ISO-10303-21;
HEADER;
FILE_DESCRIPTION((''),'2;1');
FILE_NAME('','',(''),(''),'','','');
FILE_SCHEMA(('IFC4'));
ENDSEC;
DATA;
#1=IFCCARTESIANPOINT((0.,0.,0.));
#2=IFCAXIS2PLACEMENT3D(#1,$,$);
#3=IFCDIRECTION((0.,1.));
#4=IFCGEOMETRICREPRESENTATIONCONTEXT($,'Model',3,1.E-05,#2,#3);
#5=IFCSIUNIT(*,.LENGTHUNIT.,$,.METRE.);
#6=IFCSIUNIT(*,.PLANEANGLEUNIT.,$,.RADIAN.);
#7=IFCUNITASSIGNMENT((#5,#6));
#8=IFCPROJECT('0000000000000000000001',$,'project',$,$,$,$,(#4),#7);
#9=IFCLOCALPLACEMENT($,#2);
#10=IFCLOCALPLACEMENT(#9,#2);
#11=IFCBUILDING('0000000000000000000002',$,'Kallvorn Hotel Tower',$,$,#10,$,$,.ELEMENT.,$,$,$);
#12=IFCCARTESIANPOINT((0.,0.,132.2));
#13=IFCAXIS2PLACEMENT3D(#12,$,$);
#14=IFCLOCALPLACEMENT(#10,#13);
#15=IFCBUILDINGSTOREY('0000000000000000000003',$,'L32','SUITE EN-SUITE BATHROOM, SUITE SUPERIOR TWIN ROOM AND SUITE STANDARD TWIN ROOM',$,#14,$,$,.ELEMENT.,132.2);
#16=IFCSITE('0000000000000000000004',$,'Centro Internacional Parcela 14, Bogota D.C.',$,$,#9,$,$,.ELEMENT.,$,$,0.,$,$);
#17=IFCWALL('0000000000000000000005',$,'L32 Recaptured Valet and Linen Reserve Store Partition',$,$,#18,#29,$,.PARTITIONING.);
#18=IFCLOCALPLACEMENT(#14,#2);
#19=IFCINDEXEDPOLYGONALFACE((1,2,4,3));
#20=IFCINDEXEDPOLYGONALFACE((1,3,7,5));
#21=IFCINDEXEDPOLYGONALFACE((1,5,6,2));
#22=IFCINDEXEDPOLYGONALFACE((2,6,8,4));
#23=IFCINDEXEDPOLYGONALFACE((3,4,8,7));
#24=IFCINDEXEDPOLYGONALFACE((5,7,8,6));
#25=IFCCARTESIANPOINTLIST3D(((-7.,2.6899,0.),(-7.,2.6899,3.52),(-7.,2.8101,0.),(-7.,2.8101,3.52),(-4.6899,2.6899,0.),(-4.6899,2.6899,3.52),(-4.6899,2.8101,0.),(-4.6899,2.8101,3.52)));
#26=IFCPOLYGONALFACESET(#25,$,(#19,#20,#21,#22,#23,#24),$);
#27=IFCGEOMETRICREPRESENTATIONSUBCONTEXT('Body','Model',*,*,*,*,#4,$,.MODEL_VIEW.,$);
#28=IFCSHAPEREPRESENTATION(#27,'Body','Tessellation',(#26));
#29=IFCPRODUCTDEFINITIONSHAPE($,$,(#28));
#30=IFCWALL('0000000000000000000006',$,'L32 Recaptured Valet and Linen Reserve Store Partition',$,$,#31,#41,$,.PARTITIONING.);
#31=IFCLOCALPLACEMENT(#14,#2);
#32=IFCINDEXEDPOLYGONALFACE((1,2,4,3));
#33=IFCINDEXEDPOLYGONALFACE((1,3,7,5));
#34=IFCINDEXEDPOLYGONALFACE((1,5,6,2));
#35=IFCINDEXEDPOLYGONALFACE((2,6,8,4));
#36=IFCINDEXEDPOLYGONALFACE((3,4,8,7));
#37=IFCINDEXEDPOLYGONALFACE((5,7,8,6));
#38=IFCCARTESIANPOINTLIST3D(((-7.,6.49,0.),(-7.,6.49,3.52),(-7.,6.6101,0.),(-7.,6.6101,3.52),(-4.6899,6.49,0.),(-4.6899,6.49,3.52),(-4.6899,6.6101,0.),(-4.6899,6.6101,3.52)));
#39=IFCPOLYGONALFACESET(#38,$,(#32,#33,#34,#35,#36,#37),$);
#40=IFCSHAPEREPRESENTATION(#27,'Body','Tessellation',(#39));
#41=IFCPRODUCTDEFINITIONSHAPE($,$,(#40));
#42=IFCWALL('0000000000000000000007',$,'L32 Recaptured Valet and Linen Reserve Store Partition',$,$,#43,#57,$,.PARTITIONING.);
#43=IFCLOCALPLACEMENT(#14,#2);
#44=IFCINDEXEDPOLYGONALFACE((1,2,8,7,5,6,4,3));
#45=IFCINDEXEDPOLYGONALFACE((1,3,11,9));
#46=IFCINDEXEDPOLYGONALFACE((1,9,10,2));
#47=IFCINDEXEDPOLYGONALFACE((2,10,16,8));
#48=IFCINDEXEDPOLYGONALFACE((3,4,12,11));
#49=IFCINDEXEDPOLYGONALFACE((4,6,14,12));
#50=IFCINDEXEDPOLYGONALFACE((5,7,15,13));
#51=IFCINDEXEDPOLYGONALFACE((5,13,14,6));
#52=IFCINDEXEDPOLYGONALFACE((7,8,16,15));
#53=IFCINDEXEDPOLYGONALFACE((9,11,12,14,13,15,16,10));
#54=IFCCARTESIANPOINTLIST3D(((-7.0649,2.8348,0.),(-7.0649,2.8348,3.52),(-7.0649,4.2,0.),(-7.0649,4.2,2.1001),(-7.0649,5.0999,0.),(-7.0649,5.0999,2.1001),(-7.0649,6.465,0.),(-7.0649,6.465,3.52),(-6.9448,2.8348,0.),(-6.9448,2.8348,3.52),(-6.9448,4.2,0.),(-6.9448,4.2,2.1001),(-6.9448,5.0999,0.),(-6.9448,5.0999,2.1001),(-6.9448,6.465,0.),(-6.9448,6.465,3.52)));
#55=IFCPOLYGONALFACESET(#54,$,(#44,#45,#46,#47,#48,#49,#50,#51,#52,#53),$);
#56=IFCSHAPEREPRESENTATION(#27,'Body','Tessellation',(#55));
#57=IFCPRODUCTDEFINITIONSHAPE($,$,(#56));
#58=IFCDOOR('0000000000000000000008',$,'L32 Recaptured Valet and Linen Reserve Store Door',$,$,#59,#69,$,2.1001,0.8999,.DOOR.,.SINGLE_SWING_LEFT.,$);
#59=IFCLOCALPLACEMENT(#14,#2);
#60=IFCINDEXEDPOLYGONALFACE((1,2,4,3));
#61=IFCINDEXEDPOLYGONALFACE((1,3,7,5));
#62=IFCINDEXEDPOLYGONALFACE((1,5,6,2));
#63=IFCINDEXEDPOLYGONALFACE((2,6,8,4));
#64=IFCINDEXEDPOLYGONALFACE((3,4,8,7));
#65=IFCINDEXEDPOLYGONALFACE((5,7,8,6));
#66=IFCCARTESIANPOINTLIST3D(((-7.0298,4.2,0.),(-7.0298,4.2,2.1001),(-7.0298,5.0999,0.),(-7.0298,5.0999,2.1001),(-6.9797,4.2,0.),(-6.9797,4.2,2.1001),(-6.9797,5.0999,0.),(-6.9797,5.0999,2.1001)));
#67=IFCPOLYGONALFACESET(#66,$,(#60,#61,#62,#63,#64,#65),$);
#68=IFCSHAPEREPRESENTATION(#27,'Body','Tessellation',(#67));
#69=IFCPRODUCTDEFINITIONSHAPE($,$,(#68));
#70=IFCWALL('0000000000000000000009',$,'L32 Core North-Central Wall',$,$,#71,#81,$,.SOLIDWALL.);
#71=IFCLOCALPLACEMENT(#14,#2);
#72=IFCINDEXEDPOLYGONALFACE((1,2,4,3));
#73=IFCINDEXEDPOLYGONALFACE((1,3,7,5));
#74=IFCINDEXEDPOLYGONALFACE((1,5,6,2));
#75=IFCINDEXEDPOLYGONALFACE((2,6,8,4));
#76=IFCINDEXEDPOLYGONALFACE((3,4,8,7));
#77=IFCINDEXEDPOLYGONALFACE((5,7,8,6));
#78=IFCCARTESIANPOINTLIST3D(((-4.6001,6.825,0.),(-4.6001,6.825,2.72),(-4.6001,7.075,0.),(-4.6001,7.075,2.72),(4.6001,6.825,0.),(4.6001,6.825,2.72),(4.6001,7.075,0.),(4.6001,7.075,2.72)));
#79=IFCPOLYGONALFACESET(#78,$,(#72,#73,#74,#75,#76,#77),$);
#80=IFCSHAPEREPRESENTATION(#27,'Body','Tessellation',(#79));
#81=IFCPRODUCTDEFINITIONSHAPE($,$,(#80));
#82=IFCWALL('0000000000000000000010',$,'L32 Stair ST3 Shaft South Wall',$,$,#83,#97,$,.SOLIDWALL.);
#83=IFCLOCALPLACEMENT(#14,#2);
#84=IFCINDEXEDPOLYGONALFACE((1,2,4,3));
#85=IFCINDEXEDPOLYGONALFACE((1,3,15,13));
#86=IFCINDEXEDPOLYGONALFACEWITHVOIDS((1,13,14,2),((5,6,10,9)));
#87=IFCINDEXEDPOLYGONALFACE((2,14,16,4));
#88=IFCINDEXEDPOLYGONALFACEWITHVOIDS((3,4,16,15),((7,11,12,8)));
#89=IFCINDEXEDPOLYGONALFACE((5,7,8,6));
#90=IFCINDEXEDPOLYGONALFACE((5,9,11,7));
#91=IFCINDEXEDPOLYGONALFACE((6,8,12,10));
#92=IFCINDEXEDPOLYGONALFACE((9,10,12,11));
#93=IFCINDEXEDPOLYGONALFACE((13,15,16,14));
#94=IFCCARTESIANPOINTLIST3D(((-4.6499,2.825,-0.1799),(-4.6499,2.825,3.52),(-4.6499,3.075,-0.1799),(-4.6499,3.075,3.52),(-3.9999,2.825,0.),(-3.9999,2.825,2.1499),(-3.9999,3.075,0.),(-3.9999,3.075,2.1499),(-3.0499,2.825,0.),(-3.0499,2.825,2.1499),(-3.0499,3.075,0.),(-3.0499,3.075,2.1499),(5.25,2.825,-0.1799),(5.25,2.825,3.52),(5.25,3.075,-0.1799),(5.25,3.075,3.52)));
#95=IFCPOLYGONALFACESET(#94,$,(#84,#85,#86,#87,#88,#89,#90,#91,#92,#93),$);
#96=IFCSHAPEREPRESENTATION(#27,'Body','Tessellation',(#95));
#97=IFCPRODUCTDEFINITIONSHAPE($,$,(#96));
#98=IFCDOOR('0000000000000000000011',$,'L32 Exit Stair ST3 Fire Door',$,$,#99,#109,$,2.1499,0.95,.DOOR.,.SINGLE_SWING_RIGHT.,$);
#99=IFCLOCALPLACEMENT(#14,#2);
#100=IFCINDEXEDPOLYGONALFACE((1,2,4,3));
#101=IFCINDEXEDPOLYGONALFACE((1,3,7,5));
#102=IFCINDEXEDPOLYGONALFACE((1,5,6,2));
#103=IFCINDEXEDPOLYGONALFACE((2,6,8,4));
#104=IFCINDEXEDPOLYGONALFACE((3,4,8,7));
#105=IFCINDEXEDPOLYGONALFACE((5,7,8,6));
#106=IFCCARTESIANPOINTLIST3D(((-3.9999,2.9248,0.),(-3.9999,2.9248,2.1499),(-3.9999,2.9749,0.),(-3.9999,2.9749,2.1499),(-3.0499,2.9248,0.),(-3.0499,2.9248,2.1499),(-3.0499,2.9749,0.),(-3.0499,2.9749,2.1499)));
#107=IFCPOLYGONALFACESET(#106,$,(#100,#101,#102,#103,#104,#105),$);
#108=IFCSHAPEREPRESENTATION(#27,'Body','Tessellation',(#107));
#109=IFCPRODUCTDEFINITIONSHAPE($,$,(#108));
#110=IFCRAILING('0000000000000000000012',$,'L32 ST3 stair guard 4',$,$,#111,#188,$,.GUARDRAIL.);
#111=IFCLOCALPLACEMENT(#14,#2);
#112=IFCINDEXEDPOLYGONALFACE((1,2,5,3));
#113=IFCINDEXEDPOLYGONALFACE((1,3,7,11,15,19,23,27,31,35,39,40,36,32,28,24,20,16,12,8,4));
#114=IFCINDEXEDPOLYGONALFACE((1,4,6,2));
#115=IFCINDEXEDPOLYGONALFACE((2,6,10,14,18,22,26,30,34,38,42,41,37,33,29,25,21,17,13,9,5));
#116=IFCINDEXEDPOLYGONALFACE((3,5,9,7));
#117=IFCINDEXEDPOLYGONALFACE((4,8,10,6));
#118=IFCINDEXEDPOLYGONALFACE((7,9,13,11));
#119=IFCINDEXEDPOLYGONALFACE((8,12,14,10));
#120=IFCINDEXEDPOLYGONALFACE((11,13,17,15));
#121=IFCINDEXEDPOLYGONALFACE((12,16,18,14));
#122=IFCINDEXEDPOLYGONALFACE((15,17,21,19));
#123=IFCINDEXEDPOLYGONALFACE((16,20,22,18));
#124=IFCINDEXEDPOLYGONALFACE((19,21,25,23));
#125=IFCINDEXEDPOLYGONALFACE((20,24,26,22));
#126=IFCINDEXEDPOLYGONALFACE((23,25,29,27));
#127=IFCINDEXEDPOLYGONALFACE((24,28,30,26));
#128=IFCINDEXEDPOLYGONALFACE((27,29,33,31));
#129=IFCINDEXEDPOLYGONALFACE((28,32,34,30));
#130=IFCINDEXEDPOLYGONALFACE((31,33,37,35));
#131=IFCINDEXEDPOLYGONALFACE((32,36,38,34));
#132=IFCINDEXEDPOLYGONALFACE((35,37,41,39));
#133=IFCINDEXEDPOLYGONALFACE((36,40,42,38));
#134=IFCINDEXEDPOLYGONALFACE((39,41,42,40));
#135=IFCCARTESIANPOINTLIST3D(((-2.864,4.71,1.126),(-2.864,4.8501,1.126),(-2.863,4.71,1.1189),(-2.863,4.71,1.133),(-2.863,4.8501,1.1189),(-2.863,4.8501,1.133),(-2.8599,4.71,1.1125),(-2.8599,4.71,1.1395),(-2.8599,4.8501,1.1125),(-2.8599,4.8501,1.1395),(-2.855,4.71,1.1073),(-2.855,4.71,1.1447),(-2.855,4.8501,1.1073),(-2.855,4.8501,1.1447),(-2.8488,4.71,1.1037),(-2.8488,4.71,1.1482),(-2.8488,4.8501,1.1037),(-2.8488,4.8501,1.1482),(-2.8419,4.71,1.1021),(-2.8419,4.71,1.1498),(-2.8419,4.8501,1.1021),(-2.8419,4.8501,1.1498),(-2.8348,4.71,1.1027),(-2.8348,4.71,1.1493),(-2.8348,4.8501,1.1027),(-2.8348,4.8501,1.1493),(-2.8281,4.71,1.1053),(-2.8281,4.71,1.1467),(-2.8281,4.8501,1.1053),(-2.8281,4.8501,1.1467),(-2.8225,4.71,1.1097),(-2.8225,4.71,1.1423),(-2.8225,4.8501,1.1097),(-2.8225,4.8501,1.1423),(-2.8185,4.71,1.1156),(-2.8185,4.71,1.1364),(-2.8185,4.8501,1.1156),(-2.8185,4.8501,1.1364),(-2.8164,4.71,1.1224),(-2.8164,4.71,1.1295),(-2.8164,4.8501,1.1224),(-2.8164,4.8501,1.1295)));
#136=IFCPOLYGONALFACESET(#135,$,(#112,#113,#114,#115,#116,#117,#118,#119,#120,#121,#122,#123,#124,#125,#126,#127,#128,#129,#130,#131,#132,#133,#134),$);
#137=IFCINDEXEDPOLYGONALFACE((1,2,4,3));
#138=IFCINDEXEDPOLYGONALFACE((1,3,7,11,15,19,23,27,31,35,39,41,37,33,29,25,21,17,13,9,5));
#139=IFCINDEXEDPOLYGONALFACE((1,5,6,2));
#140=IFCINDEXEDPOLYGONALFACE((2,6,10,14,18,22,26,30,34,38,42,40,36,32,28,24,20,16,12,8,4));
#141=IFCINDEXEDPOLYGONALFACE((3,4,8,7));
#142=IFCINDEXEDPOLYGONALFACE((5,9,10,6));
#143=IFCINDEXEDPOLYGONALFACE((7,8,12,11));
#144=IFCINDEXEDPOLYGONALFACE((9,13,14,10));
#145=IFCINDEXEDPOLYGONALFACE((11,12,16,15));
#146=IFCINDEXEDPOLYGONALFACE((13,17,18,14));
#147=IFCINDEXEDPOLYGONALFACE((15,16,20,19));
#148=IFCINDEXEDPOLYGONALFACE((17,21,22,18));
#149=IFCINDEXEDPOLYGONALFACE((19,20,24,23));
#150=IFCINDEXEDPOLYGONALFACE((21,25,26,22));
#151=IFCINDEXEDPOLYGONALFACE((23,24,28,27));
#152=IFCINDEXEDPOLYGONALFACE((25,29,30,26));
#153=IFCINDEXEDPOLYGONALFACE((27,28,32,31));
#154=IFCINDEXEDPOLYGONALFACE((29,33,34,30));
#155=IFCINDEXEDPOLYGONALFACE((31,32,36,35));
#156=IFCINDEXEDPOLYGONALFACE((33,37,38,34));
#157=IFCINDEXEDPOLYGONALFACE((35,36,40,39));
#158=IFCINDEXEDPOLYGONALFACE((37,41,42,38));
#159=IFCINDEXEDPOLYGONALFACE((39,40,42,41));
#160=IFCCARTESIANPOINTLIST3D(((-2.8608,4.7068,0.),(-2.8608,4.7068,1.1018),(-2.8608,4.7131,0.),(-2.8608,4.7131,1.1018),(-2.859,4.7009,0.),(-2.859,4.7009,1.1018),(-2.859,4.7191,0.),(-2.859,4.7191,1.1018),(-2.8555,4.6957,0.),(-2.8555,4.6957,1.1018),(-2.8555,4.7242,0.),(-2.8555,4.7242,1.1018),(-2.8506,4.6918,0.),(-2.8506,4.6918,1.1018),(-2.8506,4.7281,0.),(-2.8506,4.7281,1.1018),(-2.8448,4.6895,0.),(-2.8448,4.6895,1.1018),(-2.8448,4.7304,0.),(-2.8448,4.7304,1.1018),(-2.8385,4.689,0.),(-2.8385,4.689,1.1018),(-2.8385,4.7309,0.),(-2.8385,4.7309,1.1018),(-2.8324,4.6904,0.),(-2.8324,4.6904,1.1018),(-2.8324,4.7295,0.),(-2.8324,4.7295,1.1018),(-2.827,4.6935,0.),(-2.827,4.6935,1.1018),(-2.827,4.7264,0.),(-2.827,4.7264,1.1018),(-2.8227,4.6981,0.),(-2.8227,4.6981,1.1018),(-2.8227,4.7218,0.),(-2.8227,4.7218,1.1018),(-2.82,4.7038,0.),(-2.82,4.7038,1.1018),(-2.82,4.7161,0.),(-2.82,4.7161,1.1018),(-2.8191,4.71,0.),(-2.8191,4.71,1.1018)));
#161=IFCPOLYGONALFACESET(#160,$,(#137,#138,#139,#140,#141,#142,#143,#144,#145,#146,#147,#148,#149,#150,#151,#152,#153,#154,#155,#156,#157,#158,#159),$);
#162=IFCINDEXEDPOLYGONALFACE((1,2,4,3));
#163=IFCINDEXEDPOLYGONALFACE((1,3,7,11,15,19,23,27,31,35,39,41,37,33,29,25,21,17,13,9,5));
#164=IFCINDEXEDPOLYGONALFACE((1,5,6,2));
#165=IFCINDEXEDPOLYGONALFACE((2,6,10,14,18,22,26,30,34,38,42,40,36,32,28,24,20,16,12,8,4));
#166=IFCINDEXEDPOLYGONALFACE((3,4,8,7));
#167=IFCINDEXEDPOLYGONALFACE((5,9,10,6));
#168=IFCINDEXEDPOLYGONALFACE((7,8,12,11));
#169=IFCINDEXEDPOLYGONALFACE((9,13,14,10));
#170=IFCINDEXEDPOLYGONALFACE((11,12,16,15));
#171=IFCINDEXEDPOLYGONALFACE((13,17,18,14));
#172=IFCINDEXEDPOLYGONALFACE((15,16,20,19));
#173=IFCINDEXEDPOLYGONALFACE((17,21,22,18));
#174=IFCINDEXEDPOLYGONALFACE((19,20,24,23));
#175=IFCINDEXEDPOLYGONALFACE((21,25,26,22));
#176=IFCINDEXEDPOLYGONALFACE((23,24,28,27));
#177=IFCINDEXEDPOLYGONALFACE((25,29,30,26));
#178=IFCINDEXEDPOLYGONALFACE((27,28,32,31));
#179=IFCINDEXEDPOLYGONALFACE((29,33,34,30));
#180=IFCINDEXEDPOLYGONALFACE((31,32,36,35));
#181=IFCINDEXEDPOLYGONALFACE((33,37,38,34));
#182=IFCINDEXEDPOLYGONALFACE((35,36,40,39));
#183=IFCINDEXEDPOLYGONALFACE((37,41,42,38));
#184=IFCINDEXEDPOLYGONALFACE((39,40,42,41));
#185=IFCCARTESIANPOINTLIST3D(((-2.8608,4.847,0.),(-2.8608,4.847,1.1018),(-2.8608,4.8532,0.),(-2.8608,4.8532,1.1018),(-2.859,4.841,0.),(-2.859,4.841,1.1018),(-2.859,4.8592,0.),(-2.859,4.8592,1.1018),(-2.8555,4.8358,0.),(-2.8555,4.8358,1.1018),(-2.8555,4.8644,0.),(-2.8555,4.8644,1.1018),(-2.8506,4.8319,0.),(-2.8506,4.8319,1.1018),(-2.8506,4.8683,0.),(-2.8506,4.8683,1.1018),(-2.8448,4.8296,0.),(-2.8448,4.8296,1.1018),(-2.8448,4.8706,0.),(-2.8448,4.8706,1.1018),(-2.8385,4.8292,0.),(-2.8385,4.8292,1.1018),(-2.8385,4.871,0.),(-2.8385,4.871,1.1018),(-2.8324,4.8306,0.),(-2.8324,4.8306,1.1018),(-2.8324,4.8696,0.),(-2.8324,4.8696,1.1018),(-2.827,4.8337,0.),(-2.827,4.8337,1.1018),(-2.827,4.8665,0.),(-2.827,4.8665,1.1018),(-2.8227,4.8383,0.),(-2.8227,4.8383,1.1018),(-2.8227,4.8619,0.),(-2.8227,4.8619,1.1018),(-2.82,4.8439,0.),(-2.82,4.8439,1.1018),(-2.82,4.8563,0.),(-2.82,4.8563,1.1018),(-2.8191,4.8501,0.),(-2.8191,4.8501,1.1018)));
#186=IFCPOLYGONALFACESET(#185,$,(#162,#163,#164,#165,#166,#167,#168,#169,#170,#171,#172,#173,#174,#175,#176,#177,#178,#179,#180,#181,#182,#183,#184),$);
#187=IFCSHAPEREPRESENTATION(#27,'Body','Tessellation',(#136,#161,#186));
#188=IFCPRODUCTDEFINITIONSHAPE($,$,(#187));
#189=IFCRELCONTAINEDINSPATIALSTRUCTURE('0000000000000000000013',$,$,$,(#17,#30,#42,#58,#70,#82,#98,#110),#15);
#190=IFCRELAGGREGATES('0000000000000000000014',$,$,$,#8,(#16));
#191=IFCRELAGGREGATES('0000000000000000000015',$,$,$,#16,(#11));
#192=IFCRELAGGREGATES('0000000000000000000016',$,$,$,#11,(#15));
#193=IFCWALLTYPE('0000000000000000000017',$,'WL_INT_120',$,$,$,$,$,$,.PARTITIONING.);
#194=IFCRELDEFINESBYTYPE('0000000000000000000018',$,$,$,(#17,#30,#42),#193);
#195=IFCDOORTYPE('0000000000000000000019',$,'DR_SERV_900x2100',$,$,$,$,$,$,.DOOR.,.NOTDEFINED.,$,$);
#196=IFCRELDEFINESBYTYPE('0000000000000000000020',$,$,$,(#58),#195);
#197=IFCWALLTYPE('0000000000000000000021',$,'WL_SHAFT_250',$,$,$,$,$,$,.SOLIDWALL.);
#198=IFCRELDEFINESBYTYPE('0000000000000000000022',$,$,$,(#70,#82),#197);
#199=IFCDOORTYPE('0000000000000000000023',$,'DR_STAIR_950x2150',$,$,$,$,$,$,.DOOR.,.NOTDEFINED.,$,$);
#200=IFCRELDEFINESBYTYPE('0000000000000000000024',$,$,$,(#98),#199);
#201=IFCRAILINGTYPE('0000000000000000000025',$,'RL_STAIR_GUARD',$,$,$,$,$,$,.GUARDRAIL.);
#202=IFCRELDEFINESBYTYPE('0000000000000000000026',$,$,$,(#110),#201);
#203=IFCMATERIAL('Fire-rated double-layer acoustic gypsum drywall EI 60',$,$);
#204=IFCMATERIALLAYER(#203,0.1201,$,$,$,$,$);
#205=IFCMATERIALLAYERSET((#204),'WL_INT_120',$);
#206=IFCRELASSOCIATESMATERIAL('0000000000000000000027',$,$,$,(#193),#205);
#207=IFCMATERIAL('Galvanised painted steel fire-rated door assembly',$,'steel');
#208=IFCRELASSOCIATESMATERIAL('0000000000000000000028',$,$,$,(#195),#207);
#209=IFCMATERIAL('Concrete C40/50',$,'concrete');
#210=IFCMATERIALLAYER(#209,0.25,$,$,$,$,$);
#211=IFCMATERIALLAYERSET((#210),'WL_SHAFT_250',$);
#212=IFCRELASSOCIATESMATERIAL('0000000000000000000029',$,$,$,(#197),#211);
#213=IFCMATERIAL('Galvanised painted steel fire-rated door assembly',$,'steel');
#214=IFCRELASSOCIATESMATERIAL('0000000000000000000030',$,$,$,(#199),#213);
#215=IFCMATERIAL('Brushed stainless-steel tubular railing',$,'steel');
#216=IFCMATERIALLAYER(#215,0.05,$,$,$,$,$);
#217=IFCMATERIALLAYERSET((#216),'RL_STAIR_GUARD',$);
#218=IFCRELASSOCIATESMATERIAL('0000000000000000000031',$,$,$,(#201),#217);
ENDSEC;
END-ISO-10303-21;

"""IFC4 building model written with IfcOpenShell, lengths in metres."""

from ifc_helpers import new_model, si_unit, direction, frame, frame_2d, origin, origin_2d, place, context, subcontext, project, spatial, rectangle, circle, extrude, material, layer, layer_set, type_object, element, fill, save


model = new_model("IFC4")

# Units and contexts
model_context = context("Model", 3, precision=1e-05, world=origin(), true_north=direction((0.0, 1.0)))
body_context = subcontext(model_context, "Body", "Model", "MODEL_VIEW")
ifc_project = project(units=[si_unit("LENGTHUNIT", "METRE"), si_unit("PLANEANGLEUNIT", "RADIAN")], contexts=[model_context])

# Site, building, storey
site_placement = place(None, origin())
site = spatial("IfcSite", under=ifc_project, at=site_placement, Name="Centro Internacional Parcela 14, Bogota D.C.", CompositionType="ELEMENT", RefElevation=0.0)
building_placement = place(site_placement, origin())
building = spatial("IfcBuilding", under=site, at=building_placement, Name="Kallvorn Hotel Tower", CompositionType="ELEMENT")
storey_placement = place(building_placement, frame((0.0, 0.0, 132.2)))
storey = spatial("IfcBuildingStorey", under=building, at=storey_placement, Name="L32", Description="SUITE EN-SUITE BATHROOM, SUITE SUPERIOR TWIN ROOM AND SUITE STANDARD TWIN ROOM", CompositionType="ELEMENT", Elevation=132.2)

# Walls
ifc_material_1 = material(Name="Fire-rated double-layer acoustic gypsum drywall EI 60")
ifc_layer_1 = layer(ifc_material_1, 0.1201)
ifc_layer_set_1 = layer_set([ifc_layer_1], Name="WL_INT_120")
wall_type_1 = type_object("IfcWallType", Name="WL_INT_120", PredefinedType="PARTITIONING", material=ifc_layer_set_1)
for number, where, z_axis, x_axis, name in (
    (1, (-7.0, 2.75, 0.0), (0.0, 0.0, 1.0), (1.0, 0.0, 0.0), "L32 Recaptured Valet and Linen Reserve Store Partition"),
    (2, (-7.0, 6.55, 0.0), (0.0, 0.0, 1.0), (1.0, 0.0, 0.0), "L32 Recaptured Valet and Linen Reserve Store Partition"),
):
    element("IfcWall", number, at=place(storey_placement, frame(where, z_axis=z_axis, x_axis=x_axis)), inside=storey, type_object=wall_type_1, Name=name, PredefinedType="PARTITIONING", context=body_context, shape_type="SweptSolid", body=[
        extrude(rectangle(XDim=2.3101, YDim=0.1201, at=frame_2d((1.155, 0.0))), origin(), (0.0, 0.0, 1.0), 3.52),
    ])

# Wall, opening, door
wall_1_placement = place(storey_placement, frame((-7.0049, 2.835, 0.0), z_axis=(0.0, 0.0, 1.0), x_axis=(0.0, 1.0, 0.0)))
wall_1 = element("IfcWall", 3, at=wall_1_placement, inside=storey, type_object=wall_type_1, Name="L32 Recaptured Valet and Linen Reserve Store Partition", PredefinedType="PARTITIONING", context=body_context, shape_type="SweptSolid", body=[
    extrude(rectangle(XDim=3.6301, YDim=0.1201, at=frame_2d((1.8149, 0.0))), origin(), (0.0, 0.0, 1.0), 3.52),
])
opening_1_placement = place(wall_1_placement, frame((1.365, 0.0, 0.0)))
opening_1 = element("IfcOpeningElement", 4, at=opening_1_placement, cuts=wall_1, PredefinedType="OPENING", context=body_context, shape_type="SweptSolid", body=[
    extrude(rectangle(XDim=0.8999, YDim=2.1001, at=frame_2d((0.45, 1.05))), frame((0.0, 0.075, 0.0), z_axis=(0.0, -1.0, 0.0), x_axis=(1.0, 0.0, 0.0)), (0.0, 0.0, 1.0), 0.1501),
])
ifc_material_2 = material(Name="Galvanised painted steel fire-rated door assembly", Category="steel")
door_type_1 = type_object("IfcDoorType", Name="DR_SERV_900x2100", OperationType="NOTDEFINED", PredefinedType="DOOR", material=ifc_material_2)
door_1_placement = place(opening_1_placement, origin())
door_1 = element("IfcDoor", 5, at=door_1_placement, inside=storey, type_object=door_type_1, Name="L32 Recaptured Valet and Linen Reserve Store Door", OperationType="SINGLE_SWING_LEFT", OverallHeight=2.1001, OverallWidth=0.8999, PredefinedType="DOOR", context=body_context, shape_type="SweptSolid", body=[
    extrude(rectangle(XDim=0.8999, YDim=2.1001, at=frame_2d((0.45, 1.05))), frame((0.0, 0.0249, 0.0), z_axis=(0.0, -1.0, 0.0), x_axis=(1.0, 0.0, 0.0)), (0.0, 0.0, 1.0), 0.05),
])
fill(opening_1, door_1)

# Wall
ifc_material_3 = material(Name="Concrete C40/50", Category="concrete")
ifc_layer_2 = layer(ifc_material_3, 0.25)
ifc_layer_set_2 = layer_set([ifc_layer_2], Name="WL_SHAFT_250")
wall_type_2 = type_object("IfcWallType", Name="WL_SHAFT_250", PredefinedType="SOLIDWALL", material=ifc_layer_set_2)
wall_2_placement = place(storey_placement, frame((-4.6001, 6.95, 0.0), z_axis=(0.0, 0.0, 1.0), x_axis=(1.0, 0.0, 0.0)))
element("IfcWall", 6, at=wall_2_placement, inside=storey, type_object=wall_type_2, Name="L32 Core North-Central Wall", PredefinedType="SOLIDWALL", context=body_context, shape_type="SweptSolid", body=[
    extrude(rectangle(XDim=9.2002, YDim=0.25, at=frame_2d((4.6001, 0.0))), origin(), (0.0, 0.0, 1.0), 2.72),
])

# Wall, opening, door
wall_3_placement = place(storey_placement, frame((-4.6499, 2.95, -0.1799), z_axis=(0.0, 0.0, 1.0), x_axis=(1.0, 0.0, 0.0)))
wall_3 = element("IfcWall", 7, at=wall_3_placement, inside=storey, type_object=wall_type_2, Name="L32 Stair ST3 Shaft South Wall", PredefinedType="SOLIDWALL", context=body_context, shape_type="SweptSolid", body=[
    extrude(rectangle(XDim=9.8999, YDim=0.25, at=frame_2d((4.95, 0.0))), origin(), (0.0, 0.0, 1.0), 3.7),
])
opening_2_placement = place(wall_3_placement, frame((0.6499, 0.0, 0.1799)))
opening_2 = element("IfcOpeningElement", 8, at=opening_2_placement, cuts=wall_3, PredefinedType="OPENING", context=body_context, shape_type="SweptSolid", body=[
    extrude(rectangle(XDim=0.95, YDim=2.1499, at=frame_2d((0.4751, 1.075))), frame((0.0, 0.1399, 0.0), z_axis=(0.0, -1.0, 0.0), x_axis=(1.0, 0.0, 0.0)), (0.0, 0.0, 1.0), 0.28),
])
ifc_material_4 = material(Name="Galvanised painted steel fire-rated door assembly", Category="steel")
door_type_2 = type_object("IfcDoorType", Name="DR_STAIR_950x2150", OperationType="NOTDEFINED", PredefinedType="DOOR", material=ifc_material_4)
door_2_placement = place(opening_2_placement, origin())
door_2 = element("IfcDoor", 9, at=door_2_placement, inside=storey, type_object=door_type_2, Name="L32 Exit Stair ST3 Fire Door", OperationType="SINGLE_SWING_RIGHT", OverallHeight=2.1499, OverallWidth=0.95, PredefinedType="DOOR", context=body_context, shape_type="SweptSolid", body=[
    extrude(rectangle(XDim=0.95, YDim=2.1499, at=frame_2d((0.4751, 1.075))), frame((0.0, 0.0249, 0.0), z_axis=(0.0, -1.0, 0.0), x_axis=(1.0, 0.0, 0.0)), (0.0, 0.0, 1.0), 0.05),
])
fill(opening_2, door_2)

# Railing
ifc_material_5 = material(Name="Brushed stainless-steel tubular railing", Category="steel")
ifc_layer_3 = layer(ifc_material_5, 0.05)
ifc_layer_set_3 = layer_set([ifc_layer_3], Name="RL_STAIR_GUARD")
railing_type = type_object("IfcRailingType", Name="RL_STAIR_GUARD", PredefinedType="GUARDRAIL", material=ifc_layer_set_3)
railing_placement = place(storey_placement, frame((-2.8401, 4.71, 0.0)))
element("IfcRailing", 10, at=railing_placement, inside=storey, type_object=railing_type, Name="L32 ST3 stair guard 4", PredefinedType="GUARDRAIL", context=body_context, shape_type="SweptSolid", body=[
    extrude(circle(Radius=0.0239, at=origin_2d()), frame((0.0, 0.0, 1.126), z_axis=(0.0, 1.0, 0.0), x_axis=(-1.0, 0.0, 0.0)), (0.0, 0.0, 1.0), 0.1401),
    extrude(circle(Radius=0.021, at=origin_2d()), origin(), (0.0, 0.0, 1.0), 1.1018),
    extrude(circle(Radius=0.021, at=origin_2d()), frame((0.0, 0.1401, 0.0)), (0.0, 0.0, 1.0), 1.1018),
])

save(model, "model.ifc")
